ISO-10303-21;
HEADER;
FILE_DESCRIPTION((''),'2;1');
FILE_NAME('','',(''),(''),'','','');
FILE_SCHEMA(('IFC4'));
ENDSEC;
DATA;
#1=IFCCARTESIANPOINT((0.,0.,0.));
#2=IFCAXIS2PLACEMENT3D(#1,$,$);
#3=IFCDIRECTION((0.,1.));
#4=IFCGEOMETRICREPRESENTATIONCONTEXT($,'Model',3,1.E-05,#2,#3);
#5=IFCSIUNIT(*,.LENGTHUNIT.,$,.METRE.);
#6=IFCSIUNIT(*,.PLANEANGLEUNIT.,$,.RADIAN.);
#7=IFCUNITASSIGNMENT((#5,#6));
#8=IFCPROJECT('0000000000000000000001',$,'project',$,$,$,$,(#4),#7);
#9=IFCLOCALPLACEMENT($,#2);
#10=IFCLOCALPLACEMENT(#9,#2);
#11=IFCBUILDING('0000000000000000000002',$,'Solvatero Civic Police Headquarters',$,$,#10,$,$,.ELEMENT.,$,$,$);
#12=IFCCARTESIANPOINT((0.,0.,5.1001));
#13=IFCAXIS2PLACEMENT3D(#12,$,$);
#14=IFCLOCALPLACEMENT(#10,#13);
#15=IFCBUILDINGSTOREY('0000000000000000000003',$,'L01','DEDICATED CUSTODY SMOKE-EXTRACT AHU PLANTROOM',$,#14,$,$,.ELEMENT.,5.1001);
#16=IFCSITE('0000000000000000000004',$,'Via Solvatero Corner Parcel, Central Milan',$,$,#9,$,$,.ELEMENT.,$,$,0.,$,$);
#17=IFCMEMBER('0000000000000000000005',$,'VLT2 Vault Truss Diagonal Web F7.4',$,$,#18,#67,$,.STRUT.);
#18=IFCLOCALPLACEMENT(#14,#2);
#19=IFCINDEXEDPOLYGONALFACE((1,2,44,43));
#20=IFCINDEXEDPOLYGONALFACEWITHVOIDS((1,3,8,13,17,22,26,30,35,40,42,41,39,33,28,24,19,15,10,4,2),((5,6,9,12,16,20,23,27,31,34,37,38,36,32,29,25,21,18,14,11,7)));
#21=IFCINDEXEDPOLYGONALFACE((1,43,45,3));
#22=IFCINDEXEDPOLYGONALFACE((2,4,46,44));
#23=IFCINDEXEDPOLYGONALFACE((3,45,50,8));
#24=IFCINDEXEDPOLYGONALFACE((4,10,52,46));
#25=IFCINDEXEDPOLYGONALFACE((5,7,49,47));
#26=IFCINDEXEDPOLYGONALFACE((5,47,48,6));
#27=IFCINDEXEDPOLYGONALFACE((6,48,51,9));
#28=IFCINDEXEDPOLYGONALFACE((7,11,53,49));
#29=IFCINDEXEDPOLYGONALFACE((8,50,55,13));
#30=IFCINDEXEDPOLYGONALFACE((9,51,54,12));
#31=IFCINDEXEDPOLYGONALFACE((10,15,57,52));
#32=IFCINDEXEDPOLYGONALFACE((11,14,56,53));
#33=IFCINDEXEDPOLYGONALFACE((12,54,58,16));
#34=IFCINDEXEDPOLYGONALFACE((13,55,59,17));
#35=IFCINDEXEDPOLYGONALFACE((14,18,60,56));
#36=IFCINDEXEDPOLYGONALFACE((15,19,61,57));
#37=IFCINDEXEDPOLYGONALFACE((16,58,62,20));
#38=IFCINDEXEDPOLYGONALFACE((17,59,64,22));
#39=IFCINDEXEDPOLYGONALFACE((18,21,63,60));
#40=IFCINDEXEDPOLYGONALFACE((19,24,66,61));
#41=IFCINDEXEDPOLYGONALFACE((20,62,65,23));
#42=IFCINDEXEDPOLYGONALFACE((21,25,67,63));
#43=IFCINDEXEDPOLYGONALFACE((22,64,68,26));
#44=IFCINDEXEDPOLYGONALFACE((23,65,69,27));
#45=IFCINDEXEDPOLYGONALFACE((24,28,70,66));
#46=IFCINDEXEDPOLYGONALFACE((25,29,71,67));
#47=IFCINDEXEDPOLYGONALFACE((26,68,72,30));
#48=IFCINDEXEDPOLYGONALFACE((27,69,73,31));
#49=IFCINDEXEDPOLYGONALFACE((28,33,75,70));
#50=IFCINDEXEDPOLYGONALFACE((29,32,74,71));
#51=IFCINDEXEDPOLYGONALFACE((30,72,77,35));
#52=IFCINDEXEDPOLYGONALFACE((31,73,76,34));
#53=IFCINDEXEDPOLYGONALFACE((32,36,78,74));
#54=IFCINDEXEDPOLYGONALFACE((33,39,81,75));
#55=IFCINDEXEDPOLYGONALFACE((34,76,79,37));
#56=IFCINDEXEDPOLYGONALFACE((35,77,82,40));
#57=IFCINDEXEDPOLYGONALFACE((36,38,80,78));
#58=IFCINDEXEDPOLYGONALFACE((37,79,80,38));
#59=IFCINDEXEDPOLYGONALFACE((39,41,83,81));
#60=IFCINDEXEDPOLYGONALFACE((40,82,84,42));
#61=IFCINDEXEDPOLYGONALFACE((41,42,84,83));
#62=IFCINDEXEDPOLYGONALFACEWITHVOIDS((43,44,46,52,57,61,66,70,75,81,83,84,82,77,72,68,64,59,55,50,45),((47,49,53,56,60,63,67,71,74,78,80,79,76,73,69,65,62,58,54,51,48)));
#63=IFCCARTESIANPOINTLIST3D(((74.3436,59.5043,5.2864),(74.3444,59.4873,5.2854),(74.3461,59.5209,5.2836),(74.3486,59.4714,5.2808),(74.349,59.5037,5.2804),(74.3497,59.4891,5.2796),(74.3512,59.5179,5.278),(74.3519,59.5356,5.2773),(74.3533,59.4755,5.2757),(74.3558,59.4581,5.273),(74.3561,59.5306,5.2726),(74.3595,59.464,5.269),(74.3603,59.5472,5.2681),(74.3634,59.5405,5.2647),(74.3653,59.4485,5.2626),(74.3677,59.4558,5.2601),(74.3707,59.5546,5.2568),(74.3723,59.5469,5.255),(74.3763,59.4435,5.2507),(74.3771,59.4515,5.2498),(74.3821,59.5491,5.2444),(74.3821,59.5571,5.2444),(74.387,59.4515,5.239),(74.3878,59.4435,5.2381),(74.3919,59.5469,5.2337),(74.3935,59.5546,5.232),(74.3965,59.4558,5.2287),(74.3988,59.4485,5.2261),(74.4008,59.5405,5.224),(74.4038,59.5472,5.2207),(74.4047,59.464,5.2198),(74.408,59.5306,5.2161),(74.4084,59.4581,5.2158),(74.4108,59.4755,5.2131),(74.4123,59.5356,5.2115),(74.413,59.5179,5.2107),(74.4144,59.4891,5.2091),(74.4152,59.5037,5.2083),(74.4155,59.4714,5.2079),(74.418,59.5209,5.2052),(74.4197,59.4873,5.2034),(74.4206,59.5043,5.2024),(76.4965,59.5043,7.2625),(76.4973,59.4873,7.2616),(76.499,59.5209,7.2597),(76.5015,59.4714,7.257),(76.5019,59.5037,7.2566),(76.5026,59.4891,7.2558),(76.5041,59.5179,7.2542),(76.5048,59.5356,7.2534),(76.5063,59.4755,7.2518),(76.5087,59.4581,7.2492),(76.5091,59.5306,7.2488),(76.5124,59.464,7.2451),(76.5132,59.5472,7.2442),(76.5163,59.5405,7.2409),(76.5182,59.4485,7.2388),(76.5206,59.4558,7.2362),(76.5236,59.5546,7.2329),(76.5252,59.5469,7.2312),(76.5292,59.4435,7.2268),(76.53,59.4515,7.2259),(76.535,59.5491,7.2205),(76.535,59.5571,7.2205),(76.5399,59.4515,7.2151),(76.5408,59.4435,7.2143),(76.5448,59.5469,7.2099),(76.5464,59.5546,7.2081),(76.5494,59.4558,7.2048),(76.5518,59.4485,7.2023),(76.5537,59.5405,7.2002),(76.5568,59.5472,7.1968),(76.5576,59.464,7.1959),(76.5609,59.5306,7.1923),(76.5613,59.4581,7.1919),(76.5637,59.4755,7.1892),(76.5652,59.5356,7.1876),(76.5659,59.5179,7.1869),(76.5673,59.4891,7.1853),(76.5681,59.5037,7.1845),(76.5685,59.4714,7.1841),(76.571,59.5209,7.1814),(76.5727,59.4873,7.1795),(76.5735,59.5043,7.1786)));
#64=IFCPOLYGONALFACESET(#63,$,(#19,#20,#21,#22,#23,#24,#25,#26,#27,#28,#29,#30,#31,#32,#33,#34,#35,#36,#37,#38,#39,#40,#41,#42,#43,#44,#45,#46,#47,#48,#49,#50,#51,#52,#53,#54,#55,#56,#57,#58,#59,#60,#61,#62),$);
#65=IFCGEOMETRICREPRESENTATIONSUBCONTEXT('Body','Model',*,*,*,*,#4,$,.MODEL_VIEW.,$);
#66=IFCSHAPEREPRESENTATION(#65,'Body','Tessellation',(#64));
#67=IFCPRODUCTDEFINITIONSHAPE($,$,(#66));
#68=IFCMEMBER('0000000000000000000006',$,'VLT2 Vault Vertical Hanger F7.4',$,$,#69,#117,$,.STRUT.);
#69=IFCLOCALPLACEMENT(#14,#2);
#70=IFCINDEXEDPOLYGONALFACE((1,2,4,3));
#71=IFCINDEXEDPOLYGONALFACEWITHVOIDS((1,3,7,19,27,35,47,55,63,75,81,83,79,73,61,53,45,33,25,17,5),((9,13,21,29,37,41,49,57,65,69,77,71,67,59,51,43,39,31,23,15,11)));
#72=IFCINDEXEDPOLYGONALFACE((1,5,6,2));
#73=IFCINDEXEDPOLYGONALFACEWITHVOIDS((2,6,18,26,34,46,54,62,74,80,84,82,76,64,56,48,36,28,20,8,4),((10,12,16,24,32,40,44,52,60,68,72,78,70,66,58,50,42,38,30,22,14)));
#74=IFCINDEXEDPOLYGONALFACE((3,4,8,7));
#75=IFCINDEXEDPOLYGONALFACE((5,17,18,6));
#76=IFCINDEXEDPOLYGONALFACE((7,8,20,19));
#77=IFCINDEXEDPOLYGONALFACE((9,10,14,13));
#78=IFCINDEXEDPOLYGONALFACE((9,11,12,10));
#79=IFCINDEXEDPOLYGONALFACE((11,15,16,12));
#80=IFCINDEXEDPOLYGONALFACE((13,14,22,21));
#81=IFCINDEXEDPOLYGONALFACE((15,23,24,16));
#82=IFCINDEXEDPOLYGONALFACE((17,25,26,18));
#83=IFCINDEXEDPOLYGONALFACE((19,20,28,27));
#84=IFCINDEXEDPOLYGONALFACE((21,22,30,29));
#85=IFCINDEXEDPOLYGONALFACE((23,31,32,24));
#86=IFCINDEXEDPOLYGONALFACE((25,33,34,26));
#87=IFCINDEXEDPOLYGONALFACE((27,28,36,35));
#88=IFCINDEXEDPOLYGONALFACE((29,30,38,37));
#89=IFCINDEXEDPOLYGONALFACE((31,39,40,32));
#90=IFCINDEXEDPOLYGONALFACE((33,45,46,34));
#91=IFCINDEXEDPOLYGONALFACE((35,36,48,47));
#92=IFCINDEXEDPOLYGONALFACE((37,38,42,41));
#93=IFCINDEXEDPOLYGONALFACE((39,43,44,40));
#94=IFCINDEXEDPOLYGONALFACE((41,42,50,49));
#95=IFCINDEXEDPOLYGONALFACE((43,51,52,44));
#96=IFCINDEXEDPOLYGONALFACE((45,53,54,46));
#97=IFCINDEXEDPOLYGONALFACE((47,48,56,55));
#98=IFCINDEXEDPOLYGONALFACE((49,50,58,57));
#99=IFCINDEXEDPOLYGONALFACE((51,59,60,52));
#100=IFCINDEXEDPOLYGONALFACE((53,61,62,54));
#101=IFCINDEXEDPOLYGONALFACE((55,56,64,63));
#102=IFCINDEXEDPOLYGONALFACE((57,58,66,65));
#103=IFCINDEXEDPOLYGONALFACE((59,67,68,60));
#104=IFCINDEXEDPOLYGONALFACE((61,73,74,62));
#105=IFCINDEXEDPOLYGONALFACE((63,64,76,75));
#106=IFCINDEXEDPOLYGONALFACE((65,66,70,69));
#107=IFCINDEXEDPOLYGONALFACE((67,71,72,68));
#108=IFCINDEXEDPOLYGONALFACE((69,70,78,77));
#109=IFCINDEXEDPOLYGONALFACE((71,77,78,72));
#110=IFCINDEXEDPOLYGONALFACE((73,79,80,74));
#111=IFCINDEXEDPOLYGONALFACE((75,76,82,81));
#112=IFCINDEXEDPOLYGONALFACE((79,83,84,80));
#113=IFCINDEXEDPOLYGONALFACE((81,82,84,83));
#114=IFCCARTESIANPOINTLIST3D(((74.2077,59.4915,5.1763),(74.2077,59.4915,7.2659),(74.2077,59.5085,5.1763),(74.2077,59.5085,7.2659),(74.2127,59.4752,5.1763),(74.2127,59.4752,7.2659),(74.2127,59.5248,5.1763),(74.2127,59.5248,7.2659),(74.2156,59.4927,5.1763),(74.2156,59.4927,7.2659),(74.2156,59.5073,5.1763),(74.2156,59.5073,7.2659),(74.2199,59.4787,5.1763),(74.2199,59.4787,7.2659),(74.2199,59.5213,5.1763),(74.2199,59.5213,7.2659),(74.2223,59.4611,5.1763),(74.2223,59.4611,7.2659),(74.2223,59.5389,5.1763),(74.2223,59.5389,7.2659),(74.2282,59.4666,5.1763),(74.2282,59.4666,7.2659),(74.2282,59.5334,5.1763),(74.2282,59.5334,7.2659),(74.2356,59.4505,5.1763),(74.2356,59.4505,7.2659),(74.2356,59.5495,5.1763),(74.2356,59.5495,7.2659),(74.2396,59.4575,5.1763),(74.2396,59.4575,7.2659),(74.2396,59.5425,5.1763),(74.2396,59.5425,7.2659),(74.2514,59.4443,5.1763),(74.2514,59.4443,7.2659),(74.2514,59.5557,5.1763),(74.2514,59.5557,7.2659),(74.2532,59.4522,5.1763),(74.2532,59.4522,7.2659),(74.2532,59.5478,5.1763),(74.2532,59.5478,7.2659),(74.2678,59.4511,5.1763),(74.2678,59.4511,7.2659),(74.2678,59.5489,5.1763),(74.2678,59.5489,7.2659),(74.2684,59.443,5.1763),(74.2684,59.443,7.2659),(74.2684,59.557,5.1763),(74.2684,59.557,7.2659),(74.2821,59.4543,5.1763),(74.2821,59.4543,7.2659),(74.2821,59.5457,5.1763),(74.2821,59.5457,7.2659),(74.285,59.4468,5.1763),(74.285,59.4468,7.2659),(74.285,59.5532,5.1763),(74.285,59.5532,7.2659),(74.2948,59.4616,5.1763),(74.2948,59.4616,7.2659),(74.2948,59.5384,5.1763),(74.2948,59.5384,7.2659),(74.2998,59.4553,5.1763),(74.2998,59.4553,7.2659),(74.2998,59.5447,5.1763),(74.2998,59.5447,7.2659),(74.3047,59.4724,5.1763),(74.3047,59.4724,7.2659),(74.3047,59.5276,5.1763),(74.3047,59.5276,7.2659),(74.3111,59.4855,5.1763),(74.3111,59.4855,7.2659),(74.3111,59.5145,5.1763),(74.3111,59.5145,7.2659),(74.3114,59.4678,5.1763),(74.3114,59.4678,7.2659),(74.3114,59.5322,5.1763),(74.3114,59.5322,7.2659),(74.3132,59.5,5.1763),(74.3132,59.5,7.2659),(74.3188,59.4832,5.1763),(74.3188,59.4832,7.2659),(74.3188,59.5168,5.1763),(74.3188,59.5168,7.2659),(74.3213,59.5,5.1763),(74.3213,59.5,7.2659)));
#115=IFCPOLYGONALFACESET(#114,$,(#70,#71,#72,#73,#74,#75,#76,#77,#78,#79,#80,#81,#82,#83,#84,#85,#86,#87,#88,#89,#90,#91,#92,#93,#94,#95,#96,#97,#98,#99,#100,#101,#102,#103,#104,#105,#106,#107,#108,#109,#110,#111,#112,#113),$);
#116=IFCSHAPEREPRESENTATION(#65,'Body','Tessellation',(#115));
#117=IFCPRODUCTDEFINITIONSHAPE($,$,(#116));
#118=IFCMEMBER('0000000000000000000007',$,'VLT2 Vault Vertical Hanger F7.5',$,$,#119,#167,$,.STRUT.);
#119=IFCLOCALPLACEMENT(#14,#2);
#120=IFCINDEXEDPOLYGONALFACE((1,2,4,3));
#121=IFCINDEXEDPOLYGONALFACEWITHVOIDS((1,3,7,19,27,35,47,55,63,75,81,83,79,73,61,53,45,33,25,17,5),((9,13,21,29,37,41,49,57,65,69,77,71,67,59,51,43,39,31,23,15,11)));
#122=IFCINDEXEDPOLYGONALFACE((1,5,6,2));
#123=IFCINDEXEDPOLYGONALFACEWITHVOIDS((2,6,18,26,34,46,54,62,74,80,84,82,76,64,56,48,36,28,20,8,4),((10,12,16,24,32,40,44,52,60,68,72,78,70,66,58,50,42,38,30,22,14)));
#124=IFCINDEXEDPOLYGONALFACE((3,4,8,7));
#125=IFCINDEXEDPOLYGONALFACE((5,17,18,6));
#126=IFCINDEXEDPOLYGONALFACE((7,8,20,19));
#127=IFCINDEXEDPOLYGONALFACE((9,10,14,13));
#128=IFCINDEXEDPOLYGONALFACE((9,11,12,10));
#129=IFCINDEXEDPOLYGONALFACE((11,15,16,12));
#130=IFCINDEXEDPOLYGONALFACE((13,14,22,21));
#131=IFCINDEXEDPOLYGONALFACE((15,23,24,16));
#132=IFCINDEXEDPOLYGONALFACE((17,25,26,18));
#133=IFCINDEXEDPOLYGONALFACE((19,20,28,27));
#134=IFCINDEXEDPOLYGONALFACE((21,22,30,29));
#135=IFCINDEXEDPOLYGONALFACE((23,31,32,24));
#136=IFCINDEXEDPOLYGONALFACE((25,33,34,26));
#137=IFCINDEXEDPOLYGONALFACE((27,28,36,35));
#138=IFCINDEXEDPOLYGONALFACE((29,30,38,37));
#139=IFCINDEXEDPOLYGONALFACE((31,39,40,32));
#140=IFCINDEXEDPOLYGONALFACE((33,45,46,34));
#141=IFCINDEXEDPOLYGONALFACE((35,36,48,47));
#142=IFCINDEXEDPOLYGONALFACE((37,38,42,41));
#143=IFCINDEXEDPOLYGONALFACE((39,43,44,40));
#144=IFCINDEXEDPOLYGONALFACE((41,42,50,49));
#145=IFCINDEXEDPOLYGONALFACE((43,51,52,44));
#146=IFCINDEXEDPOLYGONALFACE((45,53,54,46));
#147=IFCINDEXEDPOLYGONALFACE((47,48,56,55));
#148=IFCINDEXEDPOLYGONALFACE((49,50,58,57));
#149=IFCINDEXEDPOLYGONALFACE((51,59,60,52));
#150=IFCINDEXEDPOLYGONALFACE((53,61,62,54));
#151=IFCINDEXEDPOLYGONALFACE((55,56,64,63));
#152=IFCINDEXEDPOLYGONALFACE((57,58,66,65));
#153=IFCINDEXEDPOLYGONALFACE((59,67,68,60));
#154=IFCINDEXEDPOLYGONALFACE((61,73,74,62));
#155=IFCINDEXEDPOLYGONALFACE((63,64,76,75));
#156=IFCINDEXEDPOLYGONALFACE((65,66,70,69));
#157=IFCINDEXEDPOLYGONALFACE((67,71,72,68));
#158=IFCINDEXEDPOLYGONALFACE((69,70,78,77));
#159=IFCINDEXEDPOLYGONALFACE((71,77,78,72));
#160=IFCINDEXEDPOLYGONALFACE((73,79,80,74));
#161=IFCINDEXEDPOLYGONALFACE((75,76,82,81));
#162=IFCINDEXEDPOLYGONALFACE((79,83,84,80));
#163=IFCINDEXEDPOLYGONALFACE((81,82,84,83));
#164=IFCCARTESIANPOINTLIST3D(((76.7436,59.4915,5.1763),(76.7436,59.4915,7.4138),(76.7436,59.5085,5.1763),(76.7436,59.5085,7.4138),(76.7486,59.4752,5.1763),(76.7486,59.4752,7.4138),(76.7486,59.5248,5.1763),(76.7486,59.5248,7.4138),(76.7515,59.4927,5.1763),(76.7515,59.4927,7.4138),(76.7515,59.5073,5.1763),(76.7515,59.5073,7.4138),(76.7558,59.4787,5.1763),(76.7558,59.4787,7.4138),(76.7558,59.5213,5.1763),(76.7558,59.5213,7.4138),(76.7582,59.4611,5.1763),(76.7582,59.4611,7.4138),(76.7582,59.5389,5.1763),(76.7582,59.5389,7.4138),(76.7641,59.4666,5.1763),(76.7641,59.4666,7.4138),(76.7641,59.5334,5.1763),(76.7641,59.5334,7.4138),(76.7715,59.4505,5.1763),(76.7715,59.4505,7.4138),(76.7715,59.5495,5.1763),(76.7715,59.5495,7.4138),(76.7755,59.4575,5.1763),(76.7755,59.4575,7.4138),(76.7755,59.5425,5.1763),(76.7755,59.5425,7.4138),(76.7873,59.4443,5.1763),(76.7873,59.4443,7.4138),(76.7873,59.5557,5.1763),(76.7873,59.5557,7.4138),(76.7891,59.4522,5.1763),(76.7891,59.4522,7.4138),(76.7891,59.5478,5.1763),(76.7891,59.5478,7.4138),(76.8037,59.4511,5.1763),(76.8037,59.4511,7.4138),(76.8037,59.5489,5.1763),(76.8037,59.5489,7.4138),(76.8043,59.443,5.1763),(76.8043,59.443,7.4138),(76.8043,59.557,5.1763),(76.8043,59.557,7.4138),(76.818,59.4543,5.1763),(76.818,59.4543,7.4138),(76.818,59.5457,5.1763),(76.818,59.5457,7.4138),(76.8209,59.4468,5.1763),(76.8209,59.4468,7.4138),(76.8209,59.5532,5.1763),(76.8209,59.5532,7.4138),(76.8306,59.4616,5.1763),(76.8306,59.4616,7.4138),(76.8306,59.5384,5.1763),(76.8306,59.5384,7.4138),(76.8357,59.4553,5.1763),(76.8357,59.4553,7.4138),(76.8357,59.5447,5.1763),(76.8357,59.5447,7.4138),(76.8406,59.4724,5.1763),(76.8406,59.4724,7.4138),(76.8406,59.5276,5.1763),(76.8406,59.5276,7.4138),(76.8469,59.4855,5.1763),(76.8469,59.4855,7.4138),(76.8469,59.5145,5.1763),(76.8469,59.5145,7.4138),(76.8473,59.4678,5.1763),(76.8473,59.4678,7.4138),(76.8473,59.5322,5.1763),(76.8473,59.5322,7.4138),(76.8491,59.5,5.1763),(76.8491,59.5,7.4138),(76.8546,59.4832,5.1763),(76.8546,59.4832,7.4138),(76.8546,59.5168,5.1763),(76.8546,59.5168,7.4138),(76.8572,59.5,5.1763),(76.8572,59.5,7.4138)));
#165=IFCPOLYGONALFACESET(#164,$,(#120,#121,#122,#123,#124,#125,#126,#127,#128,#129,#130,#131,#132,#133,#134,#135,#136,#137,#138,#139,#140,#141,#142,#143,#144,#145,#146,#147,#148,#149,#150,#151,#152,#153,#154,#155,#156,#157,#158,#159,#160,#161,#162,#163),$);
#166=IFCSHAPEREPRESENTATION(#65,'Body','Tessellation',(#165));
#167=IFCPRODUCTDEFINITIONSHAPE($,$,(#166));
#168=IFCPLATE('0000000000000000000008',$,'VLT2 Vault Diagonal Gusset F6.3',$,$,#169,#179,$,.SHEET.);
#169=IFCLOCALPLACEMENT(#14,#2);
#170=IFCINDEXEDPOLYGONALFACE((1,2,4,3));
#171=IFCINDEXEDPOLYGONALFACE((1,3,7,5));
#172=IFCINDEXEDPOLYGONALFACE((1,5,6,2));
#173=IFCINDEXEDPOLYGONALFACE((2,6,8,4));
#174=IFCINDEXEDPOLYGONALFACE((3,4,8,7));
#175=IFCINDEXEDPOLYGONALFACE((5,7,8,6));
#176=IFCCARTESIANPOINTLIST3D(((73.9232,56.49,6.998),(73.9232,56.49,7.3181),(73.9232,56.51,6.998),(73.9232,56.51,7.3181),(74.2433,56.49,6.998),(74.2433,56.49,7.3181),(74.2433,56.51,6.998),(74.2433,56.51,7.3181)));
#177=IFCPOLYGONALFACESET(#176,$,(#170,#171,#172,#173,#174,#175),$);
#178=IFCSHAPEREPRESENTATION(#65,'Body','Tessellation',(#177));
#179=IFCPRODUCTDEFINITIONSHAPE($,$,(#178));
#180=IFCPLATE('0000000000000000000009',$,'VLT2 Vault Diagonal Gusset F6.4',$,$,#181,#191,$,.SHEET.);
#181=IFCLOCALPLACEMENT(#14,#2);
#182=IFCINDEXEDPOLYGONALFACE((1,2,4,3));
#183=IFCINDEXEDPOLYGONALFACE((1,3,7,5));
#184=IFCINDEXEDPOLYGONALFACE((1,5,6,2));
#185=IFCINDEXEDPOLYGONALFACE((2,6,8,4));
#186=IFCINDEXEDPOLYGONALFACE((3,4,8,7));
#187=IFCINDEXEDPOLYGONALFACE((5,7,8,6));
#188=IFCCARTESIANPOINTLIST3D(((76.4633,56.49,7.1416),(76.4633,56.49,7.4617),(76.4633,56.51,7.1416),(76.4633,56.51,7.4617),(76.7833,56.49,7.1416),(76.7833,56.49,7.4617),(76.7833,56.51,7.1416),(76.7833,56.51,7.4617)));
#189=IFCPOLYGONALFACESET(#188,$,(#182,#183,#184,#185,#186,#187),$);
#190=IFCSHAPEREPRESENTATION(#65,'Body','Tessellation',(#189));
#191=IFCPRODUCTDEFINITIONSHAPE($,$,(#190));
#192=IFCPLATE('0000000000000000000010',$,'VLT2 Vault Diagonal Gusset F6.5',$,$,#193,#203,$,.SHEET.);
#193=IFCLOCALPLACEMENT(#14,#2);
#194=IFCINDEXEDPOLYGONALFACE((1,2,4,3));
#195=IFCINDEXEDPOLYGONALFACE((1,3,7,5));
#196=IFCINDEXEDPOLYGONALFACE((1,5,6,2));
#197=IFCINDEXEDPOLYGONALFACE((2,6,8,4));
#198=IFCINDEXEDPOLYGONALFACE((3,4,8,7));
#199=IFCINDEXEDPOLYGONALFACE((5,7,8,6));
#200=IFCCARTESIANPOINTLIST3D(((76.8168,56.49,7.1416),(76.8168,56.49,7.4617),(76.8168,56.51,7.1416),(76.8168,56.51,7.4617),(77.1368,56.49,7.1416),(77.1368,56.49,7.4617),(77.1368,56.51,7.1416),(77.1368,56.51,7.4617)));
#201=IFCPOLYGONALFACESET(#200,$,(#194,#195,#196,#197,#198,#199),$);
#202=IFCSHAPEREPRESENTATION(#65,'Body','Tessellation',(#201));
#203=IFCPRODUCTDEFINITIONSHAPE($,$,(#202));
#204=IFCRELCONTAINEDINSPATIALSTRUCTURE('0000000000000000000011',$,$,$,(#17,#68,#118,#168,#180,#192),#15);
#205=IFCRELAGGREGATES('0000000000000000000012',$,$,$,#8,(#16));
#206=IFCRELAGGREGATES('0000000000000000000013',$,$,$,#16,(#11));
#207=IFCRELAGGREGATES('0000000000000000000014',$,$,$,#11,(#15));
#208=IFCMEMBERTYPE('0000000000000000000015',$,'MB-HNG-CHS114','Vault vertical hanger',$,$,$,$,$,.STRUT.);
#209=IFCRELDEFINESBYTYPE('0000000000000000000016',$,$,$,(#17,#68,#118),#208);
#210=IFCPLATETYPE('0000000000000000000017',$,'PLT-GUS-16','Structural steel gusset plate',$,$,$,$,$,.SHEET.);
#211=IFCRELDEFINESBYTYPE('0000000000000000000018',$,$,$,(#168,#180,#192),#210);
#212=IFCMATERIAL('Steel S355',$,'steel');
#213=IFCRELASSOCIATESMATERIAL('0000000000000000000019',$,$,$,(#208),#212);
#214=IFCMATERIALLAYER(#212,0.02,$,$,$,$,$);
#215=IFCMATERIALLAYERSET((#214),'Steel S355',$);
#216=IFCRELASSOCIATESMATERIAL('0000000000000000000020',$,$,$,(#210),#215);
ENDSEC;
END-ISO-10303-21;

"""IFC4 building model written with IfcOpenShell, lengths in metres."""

from ifc_helpers import new_model, si_unit, direction, frame, origin, origin_2d, place, context, subcontext, project, spatial, rectangle, hollow_circle, extrude, material, layer, layer_set, material_profile, profile_set, type_object, element, save


model = new_model("IFC4")

# Units and contexts
model_context = context("Model", 3, precision=1e-05, world=origin(), true_north=direction((0.0, 1.0)))
body_context = subcontext(model_context, "Body", "Model", "MODEL_VIEW")
ifc_project = project(units=[si_unit("LENGTHUNIT", "METRE"), si_unit("PLANEANGLEUNIT", "RADIAN")], contexts=[model_context])

# Site, building, storey
site_placement = place(None, origin())
site = spatial("IfcSite", under=ifc_project, at=site_placement, Name="Via Solvatero Corner Parcel, Central Milan", CompositionType="ELEMENT", RefElevation=0.0)
building_placement = place(site_placement, origin())
building = spatial("IfcBuilding", under=site, at=building_placement, Name="Solvatero Civic Police Headquarters", CompositionType="ELEMENT")
storey_placement = place(building_placement, frame((0.0, 0.0, 5.1001)))
storey = spatial("IfcBuildingStorey", under=building, at=storey_placement, Name="L01", Description="DEDICATED CUSTODY SMOKE-EXTRACT AHU PLANTROOM", CompositionType="ELEMENT", Elevation=5.1001)

# Shared definitions
ifc_material = material(Name="Steel S355", Category="steel")

# Members
ifc_material_profile_1 = material_profile(ifc_material, hollow_circle(Radius=0.0571, WallThickness=0.0081, at=origin_2d()), Name="CHS 114.3x8.0")
ifc_profile_set_1 = profile_set([ifc_material_profile_1], Name="Steel S355")
member_type = type_object("IfcMemberType", Name="MB-HNG-CHS114", Description="Vault vertical hanger", PredefinedType="STRUT", material=ifc_profile_set_1)
member_1_placement = place(storey_placement, frame((74.3821, 59.5, 5.2444), z_axis=(0.736703, 0.0, 0.676216), x_axis=(0.0, 1.0, 0.0)))
element("IfcMember", 1, at=member_1_placement, inside=storey, type_object=member_type, Name="VLT2 Vault Truss Diagonal Web F7.4", PredefinedType="STRUT", context=body_context, shape_type="SweptSolid", body=[
    extrude(hollow_circle(Radius=0.0571, WallThickness=0.0081, at=origin_2d()), origin(), (0.0, 0.0, 1.0), 2.9224),
])
member_2_placement = place(storey_placement, frame((74.2642, 59.5, 5.1763), z_axis=(0.0, 0.0, 1.0), x_axis=(1.0, 0.0, 0.0)))
element("IfcMember", 2, at=member_2_placement, inside=storey, type_object=member_type, Name="VLT2 Vault Vertical Hanger F7.4", PredefinedType="STRUT", context=body_context, shape_type="SweptSolid", body=[
    extrude(hollow_circle(Radius=0.0571, WallThickness=0.0081, at=origin_2d()), origin(), (0.0, 0.0, 1.0), 2.0896),
])
member_3_placement = place(storey_placement, frame((76.8, 59.5, 5.1763), z_axis=(0.0, 0.0, 1.0), x_axis=(1.0, 0.0, 0.0)))
element("IfcMember", 3, at=member_3_placement, inside=storey, type_object=member_type, Name="VLT2 Vault Vertical Hanger F7.5", PredefinedType="STRUT", context=body_context, shape_type="SweptSolid", body=[
    extrude(hollow_circle(Radius=0.0571, WallThickness=0.0081, at=origin_2d()), origin(), (0.0, 0.0, 1.0), 2.2375),
])

# Plates
ifc_layer = layer(ifc_material, 0.02)
ifc_layer_set = layer_set([ifc_layer], Name="Steel S355")
plate_type = type_object("IfcPlateType", Name="PLT-GUS-16", Description="Structural steel gusset plate", PredefinedType="SHEET", material=ifc_layer_set)
for number, where, z_axis, x_axis, name in (
    (4, (74.0833, 56.5, 6.998), (0.0, 0.0, 1.0), (1.0, 0.0, 0.0), "VLT2 Vault Diagonal Gusset F6.3"),
    (5, (76.6233, 56.5, 7.1416), (0.0, 0.0, 1.0), (1.0, 0.0, 0.0), "VLT2 Vault Diagonal Gusset F6.4"),
    (6, (76.9768, 56.5, 7.1416), (0.0, 0.0, 1.0), (1.0, 0.0, 0.0), "VLT2 Vault Diagonal Gusset F6.5"),
):
    element("IfcPlate", number, at=place(storey_placement, frame(where, z_axis=z_axis, x_axis=x_axis)), inside=storey, type_object=plate_type, Name=name, PredefinedType="SHEET", context=body_context, shape_type="SweptSolid", body=[
        extrude(rectangle(XDim=0.3201, YDim=0.02, at=origin_2d()), origin(), (0.0, 0.0, 1.0), 0.3201),
    ])

save(model, "model.ifc")
